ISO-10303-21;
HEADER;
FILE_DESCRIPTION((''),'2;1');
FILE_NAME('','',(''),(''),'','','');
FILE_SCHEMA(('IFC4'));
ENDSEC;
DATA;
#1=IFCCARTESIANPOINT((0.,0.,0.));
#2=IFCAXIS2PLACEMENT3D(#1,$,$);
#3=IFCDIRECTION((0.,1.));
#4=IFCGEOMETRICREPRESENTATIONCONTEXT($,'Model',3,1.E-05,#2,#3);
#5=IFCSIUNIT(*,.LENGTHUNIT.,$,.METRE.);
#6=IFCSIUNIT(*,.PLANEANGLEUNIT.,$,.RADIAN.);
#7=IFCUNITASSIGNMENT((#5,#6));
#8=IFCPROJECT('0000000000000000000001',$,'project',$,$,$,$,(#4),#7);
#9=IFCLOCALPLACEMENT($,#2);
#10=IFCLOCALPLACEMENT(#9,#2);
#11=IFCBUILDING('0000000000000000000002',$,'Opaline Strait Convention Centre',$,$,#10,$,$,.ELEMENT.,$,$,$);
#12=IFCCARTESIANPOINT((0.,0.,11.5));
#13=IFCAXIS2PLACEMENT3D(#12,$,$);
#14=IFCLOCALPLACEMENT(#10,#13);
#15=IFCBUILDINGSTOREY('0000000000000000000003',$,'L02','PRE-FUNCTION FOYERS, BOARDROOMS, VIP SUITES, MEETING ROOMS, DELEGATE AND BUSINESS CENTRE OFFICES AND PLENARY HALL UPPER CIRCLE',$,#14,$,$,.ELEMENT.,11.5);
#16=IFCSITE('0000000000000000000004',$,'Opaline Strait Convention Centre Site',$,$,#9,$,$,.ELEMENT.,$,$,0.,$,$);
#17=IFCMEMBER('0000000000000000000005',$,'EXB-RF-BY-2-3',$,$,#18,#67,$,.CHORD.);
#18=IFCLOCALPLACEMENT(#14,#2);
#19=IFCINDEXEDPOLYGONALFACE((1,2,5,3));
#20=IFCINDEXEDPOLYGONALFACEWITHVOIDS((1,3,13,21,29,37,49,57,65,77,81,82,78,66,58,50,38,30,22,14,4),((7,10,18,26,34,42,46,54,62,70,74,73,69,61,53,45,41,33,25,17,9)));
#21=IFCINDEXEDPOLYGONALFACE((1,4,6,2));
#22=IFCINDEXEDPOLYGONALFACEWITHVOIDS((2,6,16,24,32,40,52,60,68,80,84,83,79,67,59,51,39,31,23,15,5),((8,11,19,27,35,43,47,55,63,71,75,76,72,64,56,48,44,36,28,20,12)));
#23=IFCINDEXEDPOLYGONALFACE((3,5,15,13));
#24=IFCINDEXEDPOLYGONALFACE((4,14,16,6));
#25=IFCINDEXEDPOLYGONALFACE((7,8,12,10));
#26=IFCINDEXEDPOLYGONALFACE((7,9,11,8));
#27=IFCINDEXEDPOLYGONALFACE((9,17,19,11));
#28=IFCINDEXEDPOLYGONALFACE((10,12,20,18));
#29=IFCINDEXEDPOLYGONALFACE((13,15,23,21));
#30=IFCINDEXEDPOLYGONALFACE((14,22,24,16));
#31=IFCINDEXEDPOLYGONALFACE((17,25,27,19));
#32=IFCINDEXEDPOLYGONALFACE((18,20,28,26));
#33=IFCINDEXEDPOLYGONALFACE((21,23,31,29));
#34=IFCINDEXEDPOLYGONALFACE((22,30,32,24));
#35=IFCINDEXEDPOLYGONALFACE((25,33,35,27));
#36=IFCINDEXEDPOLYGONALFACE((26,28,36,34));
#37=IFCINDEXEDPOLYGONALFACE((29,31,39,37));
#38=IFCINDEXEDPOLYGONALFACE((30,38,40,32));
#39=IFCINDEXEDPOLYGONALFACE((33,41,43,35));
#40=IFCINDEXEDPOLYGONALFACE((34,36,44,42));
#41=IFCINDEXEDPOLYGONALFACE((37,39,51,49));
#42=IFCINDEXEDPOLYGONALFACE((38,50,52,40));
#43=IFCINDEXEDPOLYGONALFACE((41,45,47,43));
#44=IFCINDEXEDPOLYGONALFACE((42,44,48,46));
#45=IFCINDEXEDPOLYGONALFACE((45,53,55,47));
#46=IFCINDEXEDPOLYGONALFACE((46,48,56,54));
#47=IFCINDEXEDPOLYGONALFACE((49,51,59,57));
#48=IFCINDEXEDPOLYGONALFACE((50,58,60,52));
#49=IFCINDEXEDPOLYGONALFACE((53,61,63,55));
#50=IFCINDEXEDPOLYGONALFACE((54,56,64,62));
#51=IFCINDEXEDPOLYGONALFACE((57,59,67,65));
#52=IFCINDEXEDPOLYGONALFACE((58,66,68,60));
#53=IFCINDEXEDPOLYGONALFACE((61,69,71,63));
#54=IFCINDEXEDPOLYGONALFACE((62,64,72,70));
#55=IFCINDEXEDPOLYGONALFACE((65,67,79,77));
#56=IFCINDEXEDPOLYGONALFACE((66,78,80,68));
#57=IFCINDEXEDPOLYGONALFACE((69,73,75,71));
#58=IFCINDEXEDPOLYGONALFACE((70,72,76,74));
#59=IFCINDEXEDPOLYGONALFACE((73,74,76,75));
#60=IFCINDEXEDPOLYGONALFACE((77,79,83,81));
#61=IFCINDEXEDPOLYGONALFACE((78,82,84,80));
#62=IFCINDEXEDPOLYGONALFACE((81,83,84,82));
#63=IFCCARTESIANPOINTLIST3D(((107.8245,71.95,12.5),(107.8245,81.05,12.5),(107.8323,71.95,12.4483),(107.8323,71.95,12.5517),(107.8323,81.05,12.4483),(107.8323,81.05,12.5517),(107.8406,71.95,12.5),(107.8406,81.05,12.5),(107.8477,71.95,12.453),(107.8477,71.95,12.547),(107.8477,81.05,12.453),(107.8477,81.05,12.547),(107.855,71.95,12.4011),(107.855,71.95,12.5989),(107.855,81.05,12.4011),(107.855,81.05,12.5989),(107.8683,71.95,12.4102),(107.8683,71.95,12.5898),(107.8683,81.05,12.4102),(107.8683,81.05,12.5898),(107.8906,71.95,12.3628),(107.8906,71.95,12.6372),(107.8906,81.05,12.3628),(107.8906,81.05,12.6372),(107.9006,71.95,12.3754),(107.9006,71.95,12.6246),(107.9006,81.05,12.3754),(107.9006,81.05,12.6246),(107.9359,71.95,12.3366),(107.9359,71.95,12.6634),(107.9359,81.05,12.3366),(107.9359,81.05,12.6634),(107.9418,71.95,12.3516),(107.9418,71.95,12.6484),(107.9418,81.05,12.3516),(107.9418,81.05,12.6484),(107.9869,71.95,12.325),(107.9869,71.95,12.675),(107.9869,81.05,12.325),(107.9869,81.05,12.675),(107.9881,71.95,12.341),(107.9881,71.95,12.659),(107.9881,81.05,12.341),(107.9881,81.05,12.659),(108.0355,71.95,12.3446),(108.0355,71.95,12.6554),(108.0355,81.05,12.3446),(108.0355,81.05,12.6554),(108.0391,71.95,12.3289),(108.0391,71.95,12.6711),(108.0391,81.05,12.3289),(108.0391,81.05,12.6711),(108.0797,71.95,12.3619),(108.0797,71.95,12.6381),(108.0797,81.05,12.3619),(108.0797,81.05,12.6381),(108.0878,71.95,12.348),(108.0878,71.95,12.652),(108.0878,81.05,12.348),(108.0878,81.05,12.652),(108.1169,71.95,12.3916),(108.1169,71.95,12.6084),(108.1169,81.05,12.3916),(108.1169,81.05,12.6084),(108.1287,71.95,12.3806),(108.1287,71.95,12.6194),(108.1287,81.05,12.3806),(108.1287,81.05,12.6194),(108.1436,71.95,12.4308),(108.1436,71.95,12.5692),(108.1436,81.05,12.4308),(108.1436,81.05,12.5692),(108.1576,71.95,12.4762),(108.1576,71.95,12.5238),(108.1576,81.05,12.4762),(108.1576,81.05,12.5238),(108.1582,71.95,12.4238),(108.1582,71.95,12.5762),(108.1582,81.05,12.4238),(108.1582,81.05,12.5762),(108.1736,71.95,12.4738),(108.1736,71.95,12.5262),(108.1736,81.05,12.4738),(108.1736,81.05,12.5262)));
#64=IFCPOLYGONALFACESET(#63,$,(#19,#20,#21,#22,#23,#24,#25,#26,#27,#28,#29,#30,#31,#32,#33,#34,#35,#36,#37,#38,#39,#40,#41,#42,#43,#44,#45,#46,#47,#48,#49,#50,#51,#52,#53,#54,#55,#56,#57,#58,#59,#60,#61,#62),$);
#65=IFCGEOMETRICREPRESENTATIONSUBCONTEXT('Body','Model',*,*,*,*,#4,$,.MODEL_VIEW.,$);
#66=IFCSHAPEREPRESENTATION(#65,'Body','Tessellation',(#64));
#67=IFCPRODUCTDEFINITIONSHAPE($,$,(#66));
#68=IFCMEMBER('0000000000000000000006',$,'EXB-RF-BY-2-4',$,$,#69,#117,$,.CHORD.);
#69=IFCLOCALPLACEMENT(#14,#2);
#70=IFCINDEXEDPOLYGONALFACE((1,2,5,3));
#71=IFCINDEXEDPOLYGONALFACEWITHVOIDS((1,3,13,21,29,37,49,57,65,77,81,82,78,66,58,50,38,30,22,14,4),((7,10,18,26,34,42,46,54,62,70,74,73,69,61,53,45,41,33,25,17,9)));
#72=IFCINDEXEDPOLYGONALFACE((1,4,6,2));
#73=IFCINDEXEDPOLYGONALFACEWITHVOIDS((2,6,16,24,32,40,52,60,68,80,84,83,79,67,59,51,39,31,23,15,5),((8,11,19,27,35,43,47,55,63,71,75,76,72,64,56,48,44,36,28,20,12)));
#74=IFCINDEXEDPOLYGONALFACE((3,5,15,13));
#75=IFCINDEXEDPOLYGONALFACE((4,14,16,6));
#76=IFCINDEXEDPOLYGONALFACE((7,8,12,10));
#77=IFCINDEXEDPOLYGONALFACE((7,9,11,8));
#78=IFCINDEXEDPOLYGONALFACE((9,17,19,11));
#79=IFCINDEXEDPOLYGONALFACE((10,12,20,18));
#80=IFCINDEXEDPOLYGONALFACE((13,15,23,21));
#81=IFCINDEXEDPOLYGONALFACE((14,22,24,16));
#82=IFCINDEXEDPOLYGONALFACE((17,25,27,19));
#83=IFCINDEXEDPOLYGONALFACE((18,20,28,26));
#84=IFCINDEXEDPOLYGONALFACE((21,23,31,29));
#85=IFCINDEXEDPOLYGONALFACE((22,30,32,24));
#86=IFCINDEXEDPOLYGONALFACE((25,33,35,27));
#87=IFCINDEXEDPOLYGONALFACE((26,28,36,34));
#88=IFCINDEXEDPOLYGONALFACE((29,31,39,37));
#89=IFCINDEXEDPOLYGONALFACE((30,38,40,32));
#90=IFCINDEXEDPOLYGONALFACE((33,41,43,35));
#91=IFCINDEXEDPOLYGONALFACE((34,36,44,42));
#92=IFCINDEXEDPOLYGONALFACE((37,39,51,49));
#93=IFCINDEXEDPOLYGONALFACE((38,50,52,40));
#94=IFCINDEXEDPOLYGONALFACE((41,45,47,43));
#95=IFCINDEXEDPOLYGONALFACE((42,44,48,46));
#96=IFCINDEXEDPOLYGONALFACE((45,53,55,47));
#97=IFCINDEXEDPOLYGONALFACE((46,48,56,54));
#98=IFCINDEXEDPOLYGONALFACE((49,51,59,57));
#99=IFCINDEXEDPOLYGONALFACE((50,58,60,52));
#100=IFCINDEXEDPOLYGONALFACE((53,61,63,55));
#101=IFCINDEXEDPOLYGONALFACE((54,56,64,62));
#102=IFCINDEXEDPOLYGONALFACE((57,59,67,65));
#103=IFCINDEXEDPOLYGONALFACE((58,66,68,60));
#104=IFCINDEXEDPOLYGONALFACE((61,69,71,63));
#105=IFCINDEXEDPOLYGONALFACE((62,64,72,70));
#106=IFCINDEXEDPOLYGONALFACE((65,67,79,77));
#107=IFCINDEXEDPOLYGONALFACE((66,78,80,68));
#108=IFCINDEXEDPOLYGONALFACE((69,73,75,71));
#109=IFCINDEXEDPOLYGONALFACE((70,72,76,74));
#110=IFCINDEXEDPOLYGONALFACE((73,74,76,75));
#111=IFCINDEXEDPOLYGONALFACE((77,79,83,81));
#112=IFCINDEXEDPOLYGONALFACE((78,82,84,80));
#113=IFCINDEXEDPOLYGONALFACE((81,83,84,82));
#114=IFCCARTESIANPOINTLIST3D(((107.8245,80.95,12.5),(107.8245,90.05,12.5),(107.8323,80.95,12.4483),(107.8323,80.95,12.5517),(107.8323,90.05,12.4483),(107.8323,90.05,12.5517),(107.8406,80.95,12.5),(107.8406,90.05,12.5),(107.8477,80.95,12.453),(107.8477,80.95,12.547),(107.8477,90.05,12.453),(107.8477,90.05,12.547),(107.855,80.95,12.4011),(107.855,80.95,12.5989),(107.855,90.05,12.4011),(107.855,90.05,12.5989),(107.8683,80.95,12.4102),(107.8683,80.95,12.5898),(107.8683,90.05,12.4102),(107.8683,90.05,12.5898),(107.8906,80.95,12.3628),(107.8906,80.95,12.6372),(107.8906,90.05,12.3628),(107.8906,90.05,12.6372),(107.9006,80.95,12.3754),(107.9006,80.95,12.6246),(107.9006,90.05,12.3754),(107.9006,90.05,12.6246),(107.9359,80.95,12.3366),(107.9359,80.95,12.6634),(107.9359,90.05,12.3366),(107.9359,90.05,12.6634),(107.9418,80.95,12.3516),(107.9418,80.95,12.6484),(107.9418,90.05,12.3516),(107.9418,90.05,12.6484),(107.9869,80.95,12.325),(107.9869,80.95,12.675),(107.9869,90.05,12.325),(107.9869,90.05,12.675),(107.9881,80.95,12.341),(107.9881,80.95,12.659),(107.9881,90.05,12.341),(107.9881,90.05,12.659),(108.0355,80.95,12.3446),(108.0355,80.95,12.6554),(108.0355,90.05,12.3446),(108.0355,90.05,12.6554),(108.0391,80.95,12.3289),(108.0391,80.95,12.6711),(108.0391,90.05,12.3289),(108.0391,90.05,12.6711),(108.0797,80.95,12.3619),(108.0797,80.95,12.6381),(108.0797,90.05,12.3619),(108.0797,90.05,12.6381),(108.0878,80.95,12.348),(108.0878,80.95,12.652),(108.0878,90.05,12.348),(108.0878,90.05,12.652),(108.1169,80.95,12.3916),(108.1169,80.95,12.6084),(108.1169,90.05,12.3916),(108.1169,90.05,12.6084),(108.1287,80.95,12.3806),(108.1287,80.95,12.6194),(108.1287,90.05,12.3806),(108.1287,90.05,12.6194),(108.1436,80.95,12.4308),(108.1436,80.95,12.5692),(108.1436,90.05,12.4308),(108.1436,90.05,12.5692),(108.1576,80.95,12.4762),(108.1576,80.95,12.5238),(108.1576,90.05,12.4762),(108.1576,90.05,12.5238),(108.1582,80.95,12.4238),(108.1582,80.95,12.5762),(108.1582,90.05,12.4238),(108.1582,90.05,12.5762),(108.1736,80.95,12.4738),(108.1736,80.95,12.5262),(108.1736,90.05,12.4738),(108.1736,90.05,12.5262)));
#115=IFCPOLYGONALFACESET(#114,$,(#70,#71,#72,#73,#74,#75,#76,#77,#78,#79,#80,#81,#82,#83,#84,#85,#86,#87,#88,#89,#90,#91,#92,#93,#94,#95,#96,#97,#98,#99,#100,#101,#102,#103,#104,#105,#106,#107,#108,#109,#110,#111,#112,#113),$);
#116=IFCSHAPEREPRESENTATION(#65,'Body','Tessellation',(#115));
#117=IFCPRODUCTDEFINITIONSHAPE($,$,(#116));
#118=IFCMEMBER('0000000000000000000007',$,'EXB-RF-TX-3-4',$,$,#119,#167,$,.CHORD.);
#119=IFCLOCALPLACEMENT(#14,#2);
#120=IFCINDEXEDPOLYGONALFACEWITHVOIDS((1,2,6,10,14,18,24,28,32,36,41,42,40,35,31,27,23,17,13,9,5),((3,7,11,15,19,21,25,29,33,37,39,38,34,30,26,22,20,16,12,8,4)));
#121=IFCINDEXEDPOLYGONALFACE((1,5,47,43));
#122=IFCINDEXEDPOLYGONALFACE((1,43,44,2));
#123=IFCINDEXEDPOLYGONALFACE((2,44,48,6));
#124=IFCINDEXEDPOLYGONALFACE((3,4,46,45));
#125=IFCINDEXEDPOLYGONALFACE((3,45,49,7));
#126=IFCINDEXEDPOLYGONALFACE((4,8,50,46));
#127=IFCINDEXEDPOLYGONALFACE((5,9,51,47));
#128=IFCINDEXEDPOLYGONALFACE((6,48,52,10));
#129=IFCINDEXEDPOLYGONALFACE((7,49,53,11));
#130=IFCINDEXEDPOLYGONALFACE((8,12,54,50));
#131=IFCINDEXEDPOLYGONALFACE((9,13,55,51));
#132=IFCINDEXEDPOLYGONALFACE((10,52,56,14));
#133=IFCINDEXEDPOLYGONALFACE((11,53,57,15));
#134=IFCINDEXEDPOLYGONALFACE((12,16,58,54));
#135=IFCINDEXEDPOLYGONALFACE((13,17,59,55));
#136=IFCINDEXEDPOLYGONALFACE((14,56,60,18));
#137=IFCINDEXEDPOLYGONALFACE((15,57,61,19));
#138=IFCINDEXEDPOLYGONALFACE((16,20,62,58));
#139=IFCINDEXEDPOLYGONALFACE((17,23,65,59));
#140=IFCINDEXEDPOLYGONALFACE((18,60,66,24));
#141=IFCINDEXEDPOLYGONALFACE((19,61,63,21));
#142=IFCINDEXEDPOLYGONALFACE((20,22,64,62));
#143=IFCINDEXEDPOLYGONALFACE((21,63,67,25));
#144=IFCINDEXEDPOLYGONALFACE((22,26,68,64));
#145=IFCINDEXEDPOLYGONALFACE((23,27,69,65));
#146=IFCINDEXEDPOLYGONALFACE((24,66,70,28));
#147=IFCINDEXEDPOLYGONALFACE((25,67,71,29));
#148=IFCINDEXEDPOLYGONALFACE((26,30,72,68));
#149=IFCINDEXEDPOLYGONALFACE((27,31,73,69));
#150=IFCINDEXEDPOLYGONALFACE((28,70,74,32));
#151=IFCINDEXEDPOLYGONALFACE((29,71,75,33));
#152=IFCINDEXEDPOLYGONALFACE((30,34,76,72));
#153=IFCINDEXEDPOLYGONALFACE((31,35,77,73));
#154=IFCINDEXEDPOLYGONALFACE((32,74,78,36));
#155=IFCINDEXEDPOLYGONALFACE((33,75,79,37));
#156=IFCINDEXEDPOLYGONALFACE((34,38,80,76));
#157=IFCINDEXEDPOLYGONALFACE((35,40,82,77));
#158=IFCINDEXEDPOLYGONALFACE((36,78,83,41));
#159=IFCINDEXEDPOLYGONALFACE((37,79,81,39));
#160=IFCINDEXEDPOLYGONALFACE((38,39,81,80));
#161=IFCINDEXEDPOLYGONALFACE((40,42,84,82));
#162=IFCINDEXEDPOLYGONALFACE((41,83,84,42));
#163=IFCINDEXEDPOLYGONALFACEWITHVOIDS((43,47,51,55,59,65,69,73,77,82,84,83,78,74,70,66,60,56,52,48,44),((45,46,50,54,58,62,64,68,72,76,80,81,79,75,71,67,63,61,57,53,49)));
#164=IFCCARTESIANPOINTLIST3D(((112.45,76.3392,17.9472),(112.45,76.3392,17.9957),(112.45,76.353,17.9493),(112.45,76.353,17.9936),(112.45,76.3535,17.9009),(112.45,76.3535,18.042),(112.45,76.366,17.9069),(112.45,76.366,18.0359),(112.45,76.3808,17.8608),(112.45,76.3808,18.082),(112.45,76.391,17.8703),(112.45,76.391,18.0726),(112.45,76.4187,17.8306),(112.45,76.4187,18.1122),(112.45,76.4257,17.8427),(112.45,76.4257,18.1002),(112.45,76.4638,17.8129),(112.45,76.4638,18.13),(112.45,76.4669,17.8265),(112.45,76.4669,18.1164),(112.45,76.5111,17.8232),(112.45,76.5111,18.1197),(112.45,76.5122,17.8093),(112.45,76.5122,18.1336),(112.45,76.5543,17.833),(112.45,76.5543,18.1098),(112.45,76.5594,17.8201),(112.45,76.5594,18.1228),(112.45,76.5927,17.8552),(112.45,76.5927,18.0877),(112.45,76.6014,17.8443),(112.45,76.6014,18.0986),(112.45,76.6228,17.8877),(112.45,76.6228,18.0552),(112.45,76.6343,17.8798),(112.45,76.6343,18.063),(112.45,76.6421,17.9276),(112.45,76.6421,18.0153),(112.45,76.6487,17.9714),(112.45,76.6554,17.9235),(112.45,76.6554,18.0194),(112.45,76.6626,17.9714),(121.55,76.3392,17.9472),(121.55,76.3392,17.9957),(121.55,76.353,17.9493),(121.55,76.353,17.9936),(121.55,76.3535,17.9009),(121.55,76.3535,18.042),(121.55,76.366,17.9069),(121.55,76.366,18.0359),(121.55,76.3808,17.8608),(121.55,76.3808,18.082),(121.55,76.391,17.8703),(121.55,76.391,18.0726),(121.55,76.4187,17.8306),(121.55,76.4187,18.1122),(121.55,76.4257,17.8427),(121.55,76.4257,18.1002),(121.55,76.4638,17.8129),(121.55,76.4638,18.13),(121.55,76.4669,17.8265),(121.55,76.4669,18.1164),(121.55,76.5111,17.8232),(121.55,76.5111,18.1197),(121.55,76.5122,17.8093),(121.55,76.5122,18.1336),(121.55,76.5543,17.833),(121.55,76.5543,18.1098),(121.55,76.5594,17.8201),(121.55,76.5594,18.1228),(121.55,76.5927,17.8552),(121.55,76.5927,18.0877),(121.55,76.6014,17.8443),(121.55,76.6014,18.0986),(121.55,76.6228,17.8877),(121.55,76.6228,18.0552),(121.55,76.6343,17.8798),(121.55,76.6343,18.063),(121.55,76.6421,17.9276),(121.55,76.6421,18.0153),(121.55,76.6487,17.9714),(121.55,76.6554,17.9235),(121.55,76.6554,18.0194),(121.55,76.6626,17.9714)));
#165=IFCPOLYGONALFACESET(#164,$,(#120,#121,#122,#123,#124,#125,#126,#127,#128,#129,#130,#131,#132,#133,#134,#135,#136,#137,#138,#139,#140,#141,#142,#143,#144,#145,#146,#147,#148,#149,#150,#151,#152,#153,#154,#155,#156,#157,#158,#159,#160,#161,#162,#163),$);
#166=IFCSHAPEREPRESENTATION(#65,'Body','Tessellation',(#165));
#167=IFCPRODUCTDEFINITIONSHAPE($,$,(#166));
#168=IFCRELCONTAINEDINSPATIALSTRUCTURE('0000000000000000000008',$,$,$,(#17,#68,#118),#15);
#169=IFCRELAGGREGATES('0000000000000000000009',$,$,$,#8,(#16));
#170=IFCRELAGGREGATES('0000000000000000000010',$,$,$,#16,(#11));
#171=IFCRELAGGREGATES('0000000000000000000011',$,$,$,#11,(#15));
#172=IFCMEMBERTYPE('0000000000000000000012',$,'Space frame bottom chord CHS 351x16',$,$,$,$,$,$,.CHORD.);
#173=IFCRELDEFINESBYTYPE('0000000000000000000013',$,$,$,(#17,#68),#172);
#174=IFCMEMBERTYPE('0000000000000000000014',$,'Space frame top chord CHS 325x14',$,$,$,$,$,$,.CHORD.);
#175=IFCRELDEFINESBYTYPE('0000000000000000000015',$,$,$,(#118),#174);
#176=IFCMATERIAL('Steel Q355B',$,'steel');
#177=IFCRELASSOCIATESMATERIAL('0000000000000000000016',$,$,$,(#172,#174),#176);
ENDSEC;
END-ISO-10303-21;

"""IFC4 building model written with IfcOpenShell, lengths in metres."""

from ifc_helpers import new_model, si_unit, direction, frame, origin, origin_2d, place, context, subcontext, project, spatial, hollow_circle, extrude, material, material_profile, profile_set, type_object, element, save


model = new_model("IFC4")

# Units and contexts
model_context = context("Model", 3, precision=1e-05, world=origin(), true_north=direction((0.0, 1.0)))
body_context = subcontext(model_context, "Body", "Model", "MODEL_VIEW")
ifc_project = project(units=[si_unit("LENGTHUNIT", "METRE"), si_unit("PLANEANGLEUNIT", "RADIAN")], contexts=[model_context])

# Site, building, storey
site_placement = place(None, origin())
site = spatial("IfcSite", under=ifc_project, at=site_placement, Name="Opaline Strait Convention Centre Site", CompositionType="ELEMENT", RefElevation=0.0)
building_placement = place(site_placement, origin())
building = spatial("IfcBuilding", under=site, at=building_placement, Name="Opaline Strait Convention Centre", CompositionType="ELEMENT")
storey_placement = place(building_placement, frame((0.0, 0.0, 11.5)))
storey = spatial("IfcBuildingStorey", under=building, at=storey_placement, Name="L02", Description="PRE-FUNCTION FOYERS, BOARDROOMS, VIP SUITES, MEETING ROOMS, DELEGATE AND BUSINESS CENTRE OFFICES AND PLENARY HALL UPPER CIRCLE", CompositionType="ELEMENT", Elevation=11.5)

# Members
ifc_material_1 = material(Name="Steel Q355B", Category="steel")
ifc_material_profile_1 = material_profile(ifc_material_1, hollow_circle(Radius=0.1755, WallThickness=0.0161, at=origin_2d()), Name="CHS 351x16")
ifc_profile_set_1 = profile_set([ifc_material_profile_1], Name="Steel Q355B")
member_type_1 = type_object("IfcMemberType", Name="Space frame bottom chord CHS 351x16", PredefinedType="CHORD", material=ifc_profile_set_1)
for number, where, z_axis, x_axis, name in (
    (1, (108.0, 71.95, 12.5), (0.0, 1.0, 0.0), (-1.0, 0.0, 0.0), "EXB-RF-BY-2-3"),
    (2, (108.0, 80.95, 12.5), (0.0, 1.0, 0.0), (-1.0, 0.0, 0.0), "EXB-RF-BY-2-4"),
):
    element("IfcMember", number, at=place(storey_placement, frame(where, z_axis=z_axis, x_axis=x_axis)), inside=storey, type_object=member_type_1, Name=name, PredefinedType="CHORD", context=body_context, shape_type="SweptSolid", body=[
        extrude(hollow_circle(Radius=0.1755, WallThickness=0.0161, at=origin_2d()), origin(), (0.0, 0.0, 1.0), 9.1001),
    ])
ifc_material_profile_2 = material_profile(ifc_material_1, hollow_circle(Radius=0.1626, WallThickness=0.0139, at=origin_2d()), Name="CHS 325x14")
ifc_profile_set_2 = profile_set([ifc_material_profile_2], Name="Steel Q355B")
member_type_2 = type_object("IfcMemberType", Name="Space frame top chord CHS 325x14", PredefinedType="CHORD", material=ifc_profile_set_2)
member_1_placement = place(storey_placement, frame((112.45, 76.5, 17.9714), z_axis=(1.0, 0.0, 0.0), x_axis=(0.0, 1.0, 0.0)))
element("IfcMember", 3, at=member_1_placement, inside=storey, type_object=member_type_2, Name="EXB-RF-TX-3-4", PredefinedType="CHORD", context=body_context, shape_type="SweptSolid", body=[
    extrude(hollow_circle(Radius=0.1626, WallThickness=0.0139, at=origin_2d()), origin(), (0.0, 0.0, 1.0), 9.1001),
])

save(model, "model.ifc")
